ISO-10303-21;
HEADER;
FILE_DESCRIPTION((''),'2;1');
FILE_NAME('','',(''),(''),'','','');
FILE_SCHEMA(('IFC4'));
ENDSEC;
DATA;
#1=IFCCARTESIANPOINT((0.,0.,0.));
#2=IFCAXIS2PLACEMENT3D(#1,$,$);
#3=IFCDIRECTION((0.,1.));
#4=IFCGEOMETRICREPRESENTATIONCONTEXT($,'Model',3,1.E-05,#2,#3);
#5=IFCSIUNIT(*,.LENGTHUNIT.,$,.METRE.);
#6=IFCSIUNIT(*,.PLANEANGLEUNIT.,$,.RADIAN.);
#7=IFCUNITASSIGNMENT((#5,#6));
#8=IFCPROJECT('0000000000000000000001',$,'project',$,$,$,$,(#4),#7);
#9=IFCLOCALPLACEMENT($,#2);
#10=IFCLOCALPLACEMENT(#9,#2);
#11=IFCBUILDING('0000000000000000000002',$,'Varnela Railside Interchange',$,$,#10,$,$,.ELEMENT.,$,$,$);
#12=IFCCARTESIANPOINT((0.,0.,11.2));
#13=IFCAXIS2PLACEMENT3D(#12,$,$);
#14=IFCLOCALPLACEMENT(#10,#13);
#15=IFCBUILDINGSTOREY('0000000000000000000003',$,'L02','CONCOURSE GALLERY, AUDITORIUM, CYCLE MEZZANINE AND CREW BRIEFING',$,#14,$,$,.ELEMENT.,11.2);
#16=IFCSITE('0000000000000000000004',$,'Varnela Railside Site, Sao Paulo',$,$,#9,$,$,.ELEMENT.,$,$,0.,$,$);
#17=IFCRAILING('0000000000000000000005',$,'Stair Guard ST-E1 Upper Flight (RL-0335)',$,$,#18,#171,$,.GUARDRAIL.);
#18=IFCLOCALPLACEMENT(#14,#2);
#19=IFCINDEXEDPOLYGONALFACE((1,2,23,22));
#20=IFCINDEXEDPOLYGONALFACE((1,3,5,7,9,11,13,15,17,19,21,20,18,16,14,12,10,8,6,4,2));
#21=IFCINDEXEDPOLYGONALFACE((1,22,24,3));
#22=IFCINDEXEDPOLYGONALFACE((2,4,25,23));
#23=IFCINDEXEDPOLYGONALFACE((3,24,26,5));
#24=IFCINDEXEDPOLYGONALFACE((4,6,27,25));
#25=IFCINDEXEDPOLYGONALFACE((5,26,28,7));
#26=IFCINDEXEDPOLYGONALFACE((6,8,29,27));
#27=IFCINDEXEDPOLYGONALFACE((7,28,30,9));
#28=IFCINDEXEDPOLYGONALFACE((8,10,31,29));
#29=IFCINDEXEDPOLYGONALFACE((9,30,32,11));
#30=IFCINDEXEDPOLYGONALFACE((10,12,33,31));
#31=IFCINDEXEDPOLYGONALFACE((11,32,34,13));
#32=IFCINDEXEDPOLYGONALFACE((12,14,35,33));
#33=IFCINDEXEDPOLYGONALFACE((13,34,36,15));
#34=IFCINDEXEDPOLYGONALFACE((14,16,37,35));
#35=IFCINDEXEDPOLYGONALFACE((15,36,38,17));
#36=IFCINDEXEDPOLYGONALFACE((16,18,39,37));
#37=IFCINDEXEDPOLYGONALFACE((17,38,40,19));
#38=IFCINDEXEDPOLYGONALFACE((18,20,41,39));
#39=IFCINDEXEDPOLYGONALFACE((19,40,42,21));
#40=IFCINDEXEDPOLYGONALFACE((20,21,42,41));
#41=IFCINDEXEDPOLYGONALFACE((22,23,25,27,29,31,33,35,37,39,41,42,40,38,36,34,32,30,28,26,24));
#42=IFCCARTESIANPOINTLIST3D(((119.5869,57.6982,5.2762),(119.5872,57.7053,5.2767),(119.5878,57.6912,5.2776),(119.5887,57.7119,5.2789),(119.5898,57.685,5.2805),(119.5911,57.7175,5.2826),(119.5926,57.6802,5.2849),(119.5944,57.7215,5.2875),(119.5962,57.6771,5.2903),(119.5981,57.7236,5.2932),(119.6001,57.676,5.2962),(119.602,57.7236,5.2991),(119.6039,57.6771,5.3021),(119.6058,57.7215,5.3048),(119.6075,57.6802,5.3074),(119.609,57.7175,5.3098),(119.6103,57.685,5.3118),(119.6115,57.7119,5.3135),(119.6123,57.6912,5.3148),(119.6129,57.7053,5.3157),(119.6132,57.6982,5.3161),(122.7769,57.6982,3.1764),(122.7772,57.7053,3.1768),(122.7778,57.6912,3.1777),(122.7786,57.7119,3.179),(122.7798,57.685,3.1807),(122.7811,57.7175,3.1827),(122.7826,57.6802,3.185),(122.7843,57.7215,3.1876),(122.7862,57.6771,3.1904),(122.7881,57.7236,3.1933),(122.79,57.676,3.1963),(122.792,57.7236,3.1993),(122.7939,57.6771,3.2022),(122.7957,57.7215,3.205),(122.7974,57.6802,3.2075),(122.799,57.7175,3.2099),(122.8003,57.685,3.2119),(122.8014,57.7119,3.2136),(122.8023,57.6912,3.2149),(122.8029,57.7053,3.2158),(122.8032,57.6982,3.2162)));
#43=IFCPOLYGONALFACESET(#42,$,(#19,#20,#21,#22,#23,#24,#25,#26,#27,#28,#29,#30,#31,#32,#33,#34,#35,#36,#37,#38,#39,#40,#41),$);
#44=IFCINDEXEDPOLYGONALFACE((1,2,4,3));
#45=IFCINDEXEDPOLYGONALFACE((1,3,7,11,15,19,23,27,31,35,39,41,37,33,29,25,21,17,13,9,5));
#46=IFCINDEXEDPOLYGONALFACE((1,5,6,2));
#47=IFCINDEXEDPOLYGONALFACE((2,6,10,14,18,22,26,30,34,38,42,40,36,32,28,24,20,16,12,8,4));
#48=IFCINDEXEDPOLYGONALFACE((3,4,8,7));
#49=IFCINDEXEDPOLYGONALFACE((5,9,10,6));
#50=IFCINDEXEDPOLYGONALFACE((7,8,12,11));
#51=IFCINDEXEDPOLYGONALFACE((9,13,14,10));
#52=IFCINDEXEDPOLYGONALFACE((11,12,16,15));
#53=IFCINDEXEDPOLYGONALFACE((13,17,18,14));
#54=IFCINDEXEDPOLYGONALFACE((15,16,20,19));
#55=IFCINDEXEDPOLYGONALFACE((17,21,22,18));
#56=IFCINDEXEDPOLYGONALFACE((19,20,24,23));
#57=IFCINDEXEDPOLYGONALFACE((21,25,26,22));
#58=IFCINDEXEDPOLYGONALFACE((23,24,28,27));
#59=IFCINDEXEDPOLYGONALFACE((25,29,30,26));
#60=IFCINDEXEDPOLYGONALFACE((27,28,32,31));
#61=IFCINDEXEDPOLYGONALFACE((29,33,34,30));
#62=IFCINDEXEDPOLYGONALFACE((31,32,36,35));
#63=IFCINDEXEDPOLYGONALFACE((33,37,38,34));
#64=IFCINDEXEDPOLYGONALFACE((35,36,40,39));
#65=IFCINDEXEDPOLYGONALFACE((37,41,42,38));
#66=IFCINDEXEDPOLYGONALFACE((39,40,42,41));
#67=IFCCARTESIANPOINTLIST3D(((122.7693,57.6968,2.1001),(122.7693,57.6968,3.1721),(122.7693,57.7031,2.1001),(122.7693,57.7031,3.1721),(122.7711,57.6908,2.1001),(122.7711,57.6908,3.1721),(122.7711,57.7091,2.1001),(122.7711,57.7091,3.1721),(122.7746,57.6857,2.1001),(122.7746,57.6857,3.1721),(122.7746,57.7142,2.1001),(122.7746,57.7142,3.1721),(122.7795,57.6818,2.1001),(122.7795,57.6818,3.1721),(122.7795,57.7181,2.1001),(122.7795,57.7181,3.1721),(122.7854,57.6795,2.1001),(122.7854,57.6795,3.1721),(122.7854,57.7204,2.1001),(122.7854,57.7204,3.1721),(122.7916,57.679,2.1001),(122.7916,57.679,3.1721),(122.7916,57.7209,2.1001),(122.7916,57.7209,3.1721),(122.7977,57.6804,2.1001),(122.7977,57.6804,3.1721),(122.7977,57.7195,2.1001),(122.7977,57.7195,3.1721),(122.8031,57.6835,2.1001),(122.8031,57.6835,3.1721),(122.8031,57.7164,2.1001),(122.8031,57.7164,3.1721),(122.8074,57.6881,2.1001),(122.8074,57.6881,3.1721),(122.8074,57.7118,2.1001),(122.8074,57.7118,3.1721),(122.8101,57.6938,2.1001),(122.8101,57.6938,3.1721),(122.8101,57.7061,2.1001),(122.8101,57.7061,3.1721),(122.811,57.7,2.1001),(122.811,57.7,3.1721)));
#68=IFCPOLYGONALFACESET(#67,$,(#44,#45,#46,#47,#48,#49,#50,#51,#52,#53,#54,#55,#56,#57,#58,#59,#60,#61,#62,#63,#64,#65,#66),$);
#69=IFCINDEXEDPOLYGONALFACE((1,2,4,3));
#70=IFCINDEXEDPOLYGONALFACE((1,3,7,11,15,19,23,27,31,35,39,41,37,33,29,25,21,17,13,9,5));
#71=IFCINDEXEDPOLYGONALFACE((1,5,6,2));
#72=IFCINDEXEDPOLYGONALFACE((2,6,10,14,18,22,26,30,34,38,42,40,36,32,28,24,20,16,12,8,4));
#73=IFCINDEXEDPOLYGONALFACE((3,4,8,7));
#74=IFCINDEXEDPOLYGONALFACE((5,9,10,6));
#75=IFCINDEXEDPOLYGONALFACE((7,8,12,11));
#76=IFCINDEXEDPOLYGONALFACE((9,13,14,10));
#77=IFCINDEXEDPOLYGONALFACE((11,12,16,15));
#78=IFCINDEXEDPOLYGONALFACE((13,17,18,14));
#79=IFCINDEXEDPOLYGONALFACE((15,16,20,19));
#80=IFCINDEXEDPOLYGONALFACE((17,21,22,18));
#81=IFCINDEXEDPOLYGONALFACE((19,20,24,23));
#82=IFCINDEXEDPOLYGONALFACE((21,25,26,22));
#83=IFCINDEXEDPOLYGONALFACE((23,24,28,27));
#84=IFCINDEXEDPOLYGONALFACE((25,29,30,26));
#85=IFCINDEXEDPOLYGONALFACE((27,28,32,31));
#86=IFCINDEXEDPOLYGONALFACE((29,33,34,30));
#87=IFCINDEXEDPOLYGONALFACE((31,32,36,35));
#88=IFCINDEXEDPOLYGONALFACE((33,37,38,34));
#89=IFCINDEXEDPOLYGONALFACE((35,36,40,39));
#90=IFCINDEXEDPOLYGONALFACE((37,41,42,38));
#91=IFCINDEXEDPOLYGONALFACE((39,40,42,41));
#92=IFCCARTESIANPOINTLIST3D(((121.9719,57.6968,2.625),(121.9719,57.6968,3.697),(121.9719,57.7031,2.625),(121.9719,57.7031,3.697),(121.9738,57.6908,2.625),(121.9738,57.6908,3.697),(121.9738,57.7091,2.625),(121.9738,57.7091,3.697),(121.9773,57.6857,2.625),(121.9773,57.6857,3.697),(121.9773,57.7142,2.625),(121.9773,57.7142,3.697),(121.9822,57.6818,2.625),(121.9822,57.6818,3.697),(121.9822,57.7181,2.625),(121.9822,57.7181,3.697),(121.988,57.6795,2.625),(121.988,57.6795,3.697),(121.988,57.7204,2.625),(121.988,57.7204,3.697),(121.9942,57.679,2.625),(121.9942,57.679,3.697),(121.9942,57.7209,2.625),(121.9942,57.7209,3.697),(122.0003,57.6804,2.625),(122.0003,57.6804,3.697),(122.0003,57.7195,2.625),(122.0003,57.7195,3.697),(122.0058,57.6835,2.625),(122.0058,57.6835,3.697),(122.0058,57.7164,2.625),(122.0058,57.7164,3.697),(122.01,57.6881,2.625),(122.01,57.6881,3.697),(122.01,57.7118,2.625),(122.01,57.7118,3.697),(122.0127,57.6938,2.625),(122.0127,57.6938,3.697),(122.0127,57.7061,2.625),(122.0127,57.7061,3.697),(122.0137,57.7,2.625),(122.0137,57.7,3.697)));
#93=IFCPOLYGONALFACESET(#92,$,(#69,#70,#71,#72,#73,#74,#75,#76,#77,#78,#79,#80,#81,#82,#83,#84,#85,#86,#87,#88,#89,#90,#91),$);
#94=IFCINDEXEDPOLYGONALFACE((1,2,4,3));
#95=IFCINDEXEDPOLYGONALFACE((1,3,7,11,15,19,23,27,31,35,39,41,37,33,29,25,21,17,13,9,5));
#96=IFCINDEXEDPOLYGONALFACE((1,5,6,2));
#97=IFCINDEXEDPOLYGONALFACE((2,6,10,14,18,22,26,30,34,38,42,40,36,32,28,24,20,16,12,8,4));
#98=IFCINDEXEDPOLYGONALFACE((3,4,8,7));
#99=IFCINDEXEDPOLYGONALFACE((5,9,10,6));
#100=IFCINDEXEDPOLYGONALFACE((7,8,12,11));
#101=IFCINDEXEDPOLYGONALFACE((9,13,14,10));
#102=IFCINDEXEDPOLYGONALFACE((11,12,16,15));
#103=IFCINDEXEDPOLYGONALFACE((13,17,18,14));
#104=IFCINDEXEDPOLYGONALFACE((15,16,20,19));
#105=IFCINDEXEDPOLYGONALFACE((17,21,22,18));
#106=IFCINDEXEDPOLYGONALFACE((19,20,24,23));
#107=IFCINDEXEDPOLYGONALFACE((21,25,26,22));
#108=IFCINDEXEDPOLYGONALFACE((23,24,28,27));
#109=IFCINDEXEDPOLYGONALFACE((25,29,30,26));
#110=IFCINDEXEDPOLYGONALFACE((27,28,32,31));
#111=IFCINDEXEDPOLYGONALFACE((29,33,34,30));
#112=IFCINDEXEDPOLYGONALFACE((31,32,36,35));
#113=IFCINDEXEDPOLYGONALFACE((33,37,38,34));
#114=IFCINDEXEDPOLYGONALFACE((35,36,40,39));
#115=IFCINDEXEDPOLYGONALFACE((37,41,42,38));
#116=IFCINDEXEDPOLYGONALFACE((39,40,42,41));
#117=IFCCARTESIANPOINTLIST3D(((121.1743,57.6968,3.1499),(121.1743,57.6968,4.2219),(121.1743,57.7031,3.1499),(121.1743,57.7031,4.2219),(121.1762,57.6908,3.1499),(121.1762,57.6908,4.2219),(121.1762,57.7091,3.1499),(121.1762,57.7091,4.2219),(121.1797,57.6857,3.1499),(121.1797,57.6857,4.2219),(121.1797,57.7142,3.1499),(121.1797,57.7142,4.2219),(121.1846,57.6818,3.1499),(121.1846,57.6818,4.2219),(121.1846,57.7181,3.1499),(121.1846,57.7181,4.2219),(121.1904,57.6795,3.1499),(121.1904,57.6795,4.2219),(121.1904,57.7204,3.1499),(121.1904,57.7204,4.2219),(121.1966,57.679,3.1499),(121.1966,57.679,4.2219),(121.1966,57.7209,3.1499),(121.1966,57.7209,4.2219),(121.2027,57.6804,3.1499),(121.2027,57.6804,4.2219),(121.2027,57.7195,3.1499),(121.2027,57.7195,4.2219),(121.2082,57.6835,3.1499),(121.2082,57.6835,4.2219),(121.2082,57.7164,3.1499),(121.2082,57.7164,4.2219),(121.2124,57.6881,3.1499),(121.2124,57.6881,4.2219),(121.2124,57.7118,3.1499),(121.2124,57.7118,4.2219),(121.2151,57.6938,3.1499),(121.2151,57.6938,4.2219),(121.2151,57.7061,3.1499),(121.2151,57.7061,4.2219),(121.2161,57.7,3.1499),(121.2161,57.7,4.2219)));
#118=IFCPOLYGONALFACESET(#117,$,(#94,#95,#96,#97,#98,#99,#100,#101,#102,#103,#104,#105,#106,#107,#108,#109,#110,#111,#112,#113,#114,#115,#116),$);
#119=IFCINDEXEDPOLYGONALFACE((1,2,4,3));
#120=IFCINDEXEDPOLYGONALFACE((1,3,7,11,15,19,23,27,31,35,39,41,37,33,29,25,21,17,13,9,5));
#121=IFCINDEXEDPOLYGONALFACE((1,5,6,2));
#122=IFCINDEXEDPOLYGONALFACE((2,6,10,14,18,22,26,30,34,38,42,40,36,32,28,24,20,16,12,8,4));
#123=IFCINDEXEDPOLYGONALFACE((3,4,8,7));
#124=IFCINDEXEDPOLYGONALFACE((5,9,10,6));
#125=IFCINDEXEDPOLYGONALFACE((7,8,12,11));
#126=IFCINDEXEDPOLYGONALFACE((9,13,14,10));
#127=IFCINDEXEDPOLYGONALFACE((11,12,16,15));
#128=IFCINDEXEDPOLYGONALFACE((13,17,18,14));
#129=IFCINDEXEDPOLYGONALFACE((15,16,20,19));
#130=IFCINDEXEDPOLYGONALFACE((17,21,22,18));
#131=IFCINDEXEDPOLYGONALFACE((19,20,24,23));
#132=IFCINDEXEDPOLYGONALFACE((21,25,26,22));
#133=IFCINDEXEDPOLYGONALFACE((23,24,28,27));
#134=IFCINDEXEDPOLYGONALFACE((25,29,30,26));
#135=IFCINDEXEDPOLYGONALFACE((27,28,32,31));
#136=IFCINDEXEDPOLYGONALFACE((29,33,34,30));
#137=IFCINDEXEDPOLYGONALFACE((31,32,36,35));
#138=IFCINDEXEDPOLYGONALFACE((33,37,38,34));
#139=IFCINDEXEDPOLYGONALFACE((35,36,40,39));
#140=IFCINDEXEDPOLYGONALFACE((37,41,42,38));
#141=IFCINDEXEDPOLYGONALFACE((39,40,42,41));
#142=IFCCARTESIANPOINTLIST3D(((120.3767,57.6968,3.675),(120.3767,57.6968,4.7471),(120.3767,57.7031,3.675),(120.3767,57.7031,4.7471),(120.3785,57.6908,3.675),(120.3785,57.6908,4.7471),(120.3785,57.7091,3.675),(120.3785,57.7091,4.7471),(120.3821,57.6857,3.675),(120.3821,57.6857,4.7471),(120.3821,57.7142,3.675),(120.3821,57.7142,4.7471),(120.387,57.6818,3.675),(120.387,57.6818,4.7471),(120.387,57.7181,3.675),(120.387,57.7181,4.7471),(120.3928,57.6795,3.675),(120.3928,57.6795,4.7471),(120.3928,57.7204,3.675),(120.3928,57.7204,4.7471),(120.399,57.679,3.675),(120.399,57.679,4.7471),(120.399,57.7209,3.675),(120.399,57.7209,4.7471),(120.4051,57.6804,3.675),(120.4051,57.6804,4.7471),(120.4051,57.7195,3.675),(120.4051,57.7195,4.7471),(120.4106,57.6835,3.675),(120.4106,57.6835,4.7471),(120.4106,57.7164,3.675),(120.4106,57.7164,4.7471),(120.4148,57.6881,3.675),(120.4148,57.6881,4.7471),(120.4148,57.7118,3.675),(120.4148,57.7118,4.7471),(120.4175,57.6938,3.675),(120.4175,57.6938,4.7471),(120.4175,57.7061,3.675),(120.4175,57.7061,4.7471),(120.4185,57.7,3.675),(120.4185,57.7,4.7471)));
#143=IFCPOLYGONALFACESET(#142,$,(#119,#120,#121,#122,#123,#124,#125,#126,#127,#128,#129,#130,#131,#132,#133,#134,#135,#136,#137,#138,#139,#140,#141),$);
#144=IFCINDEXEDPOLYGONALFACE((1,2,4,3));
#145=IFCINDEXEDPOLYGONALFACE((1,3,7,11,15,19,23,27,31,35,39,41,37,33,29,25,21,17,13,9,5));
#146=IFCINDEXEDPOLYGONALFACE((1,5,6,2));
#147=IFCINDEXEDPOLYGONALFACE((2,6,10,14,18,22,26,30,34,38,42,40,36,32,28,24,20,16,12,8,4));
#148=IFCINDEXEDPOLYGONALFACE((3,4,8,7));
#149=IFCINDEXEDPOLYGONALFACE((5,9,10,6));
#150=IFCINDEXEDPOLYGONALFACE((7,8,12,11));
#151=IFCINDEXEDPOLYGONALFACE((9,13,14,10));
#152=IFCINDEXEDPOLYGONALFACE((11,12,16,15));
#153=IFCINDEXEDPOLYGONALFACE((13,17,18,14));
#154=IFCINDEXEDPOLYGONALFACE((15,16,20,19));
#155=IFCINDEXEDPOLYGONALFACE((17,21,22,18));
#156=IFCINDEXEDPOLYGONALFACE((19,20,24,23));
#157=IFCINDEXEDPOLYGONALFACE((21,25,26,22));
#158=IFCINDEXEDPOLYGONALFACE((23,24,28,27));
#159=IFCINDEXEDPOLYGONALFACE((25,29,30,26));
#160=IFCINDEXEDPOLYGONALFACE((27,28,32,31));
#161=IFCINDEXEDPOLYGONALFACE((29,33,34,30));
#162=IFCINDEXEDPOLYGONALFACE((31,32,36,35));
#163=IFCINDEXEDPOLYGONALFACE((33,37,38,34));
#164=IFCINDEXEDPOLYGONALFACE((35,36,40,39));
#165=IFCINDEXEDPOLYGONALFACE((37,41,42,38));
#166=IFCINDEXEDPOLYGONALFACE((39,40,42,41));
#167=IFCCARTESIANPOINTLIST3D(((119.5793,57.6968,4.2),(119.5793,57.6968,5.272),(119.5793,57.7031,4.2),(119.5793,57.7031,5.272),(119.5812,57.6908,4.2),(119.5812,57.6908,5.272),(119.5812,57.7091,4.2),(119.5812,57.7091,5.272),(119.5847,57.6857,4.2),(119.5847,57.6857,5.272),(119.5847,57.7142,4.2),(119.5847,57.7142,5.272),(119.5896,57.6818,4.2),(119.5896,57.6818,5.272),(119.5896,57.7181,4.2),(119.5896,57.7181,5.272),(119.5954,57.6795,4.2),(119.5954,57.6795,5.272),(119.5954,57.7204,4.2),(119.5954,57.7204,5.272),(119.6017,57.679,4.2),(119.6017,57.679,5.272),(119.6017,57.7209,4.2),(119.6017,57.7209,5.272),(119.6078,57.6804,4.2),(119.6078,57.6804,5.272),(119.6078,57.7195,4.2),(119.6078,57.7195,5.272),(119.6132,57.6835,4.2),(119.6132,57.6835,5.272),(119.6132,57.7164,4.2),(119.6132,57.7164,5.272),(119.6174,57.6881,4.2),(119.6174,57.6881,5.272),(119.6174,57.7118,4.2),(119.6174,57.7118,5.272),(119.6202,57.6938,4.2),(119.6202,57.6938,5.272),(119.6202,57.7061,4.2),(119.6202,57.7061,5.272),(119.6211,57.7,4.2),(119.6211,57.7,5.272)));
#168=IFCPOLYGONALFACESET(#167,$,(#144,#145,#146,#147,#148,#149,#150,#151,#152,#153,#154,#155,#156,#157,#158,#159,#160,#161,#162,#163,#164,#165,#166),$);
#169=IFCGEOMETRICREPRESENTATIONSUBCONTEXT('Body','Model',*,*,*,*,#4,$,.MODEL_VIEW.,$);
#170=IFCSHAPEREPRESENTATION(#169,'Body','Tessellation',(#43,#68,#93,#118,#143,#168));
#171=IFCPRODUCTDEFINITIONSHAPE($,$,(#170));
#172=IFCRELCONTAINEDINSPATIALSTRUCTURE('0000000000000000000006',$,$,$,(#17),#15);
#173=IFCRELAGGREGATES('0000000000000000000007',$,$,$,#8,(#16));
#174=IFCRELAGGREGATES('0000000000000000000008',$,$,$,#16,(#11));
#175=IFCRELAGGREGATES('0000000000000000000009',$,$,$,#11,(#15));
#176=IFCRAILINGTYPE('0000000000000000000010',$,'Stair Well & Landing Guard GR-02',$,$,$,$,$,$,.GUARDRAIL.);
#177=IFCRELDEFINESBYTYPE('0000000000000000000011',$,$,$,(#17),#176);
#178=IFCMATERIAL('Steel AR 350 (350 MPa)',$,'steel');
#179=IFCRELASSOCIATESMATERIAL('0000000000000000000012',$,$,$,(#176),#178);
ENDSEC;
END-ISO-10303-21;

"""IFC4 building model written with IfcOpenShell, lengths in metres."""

from ifc_helpers import new_model, si_unit, direction, frame, origin, origin_2d, place, context, subcontext, project, spatial, circle, extrude, material, type_object, element, save


model = new_model("IFC4")

# Units and contexts
model_context = context("Model", 3, precision=1e-05, world=origin(), true_north=direction((0.0, 1.0)))
body_context = subcontext(model_context, "Body", "Model", "MODEL_VIEW")
ifc_project = project(units=[si_unit("LENGTHUNIT", "METRE"), si_unit("PLANEANGLEUNIT", "RADIAN")], contexts=[model_context])

# Site, building, storey
site_placement = place(None, origin())
site = spatial("IfcSite", under=ifc_project, at=site_placement, Name="Varnela Railside Site, Sao Paulo", CompositionType="ELEMENT", RefElevation=0.0)
building_placement = place(site_placement, origin())
building = spatial("IfcBuilding", under=site, at=building_placement, Name="Varnela Railside Interchange", CompositionType="ELEMENT")
storey_placement = place(building_placement, frame((0.0, 0.0, 11.2)))
storey = spatial("IfcBuildingStorey", under=building, at=storey_placement, Name="L02", Description="CONCOURSE GALLERY, AUDITORIUM, CYCLE MEZZANINE AND CREW BRIEFING", CompositionType="ELEMENT", Elevation=11.2)

# Shared definitions
ifc_material_1 = material(Name="Steel AR 350 (350 MPa)", Category="steel")

# Railing
railing_type_1 = type_object("IfcRailingType", Name="Stair Well & Landing Guard GR-02", PredefinedType="GUARDRAIL", material=ifc_material_1)
railing_1_placement = place(storey_placement, frame((122.79, 57.7, 2.1001)))
element("IfcRailing", 1, at=railing_1_placement, inside=storey, type_object=railing_type_1, Name="Stair Guard ST-E1 Upper Flight (RL-0335)", PredefinedType="GUARDRAIL", context=body_context, shape_type="SweptSolid", body=[
    extrude(circle(Radius=0.0239, at=origin_2d()), frame((0.0, 0.0, 1.0962), z_axis=(-0.835272, 0.0, 0.549837), x_axis=(0.0, -1.0, 0.0)), (0.0, 0.0, 1.0), 3.8191),
    extrude(circle(Radius=0.021, at=origin_2d()), origin(), (0.0, 0.0, 1.0), 1.072),
    extrude(circle(Radius=0.021, at=origin_2d()), frame((-0.7974, 0.0, 0.5249)), (0.0, 0.0, 1.0), 1.072),
    extrude(circle(Radius=0.021, at=origin_2d()), frame((-1.595, 0.0, 1.0498)), (0.0, 0.0, 1.0), 1.072),
    extrude(circle(Radius=0.021, at=origin_2d()), frame((-2.3926, 0.0, 1.575)), (0.0, 0.0, 1.0), 1.072),
    extrude(circle(Radius=0.021, at=origin_2d()), frame((-3.1899, 0.0, 2.0999)), (0.0, 0.0, 1.0), 1.072),
])

save(model, "model.ifc")
